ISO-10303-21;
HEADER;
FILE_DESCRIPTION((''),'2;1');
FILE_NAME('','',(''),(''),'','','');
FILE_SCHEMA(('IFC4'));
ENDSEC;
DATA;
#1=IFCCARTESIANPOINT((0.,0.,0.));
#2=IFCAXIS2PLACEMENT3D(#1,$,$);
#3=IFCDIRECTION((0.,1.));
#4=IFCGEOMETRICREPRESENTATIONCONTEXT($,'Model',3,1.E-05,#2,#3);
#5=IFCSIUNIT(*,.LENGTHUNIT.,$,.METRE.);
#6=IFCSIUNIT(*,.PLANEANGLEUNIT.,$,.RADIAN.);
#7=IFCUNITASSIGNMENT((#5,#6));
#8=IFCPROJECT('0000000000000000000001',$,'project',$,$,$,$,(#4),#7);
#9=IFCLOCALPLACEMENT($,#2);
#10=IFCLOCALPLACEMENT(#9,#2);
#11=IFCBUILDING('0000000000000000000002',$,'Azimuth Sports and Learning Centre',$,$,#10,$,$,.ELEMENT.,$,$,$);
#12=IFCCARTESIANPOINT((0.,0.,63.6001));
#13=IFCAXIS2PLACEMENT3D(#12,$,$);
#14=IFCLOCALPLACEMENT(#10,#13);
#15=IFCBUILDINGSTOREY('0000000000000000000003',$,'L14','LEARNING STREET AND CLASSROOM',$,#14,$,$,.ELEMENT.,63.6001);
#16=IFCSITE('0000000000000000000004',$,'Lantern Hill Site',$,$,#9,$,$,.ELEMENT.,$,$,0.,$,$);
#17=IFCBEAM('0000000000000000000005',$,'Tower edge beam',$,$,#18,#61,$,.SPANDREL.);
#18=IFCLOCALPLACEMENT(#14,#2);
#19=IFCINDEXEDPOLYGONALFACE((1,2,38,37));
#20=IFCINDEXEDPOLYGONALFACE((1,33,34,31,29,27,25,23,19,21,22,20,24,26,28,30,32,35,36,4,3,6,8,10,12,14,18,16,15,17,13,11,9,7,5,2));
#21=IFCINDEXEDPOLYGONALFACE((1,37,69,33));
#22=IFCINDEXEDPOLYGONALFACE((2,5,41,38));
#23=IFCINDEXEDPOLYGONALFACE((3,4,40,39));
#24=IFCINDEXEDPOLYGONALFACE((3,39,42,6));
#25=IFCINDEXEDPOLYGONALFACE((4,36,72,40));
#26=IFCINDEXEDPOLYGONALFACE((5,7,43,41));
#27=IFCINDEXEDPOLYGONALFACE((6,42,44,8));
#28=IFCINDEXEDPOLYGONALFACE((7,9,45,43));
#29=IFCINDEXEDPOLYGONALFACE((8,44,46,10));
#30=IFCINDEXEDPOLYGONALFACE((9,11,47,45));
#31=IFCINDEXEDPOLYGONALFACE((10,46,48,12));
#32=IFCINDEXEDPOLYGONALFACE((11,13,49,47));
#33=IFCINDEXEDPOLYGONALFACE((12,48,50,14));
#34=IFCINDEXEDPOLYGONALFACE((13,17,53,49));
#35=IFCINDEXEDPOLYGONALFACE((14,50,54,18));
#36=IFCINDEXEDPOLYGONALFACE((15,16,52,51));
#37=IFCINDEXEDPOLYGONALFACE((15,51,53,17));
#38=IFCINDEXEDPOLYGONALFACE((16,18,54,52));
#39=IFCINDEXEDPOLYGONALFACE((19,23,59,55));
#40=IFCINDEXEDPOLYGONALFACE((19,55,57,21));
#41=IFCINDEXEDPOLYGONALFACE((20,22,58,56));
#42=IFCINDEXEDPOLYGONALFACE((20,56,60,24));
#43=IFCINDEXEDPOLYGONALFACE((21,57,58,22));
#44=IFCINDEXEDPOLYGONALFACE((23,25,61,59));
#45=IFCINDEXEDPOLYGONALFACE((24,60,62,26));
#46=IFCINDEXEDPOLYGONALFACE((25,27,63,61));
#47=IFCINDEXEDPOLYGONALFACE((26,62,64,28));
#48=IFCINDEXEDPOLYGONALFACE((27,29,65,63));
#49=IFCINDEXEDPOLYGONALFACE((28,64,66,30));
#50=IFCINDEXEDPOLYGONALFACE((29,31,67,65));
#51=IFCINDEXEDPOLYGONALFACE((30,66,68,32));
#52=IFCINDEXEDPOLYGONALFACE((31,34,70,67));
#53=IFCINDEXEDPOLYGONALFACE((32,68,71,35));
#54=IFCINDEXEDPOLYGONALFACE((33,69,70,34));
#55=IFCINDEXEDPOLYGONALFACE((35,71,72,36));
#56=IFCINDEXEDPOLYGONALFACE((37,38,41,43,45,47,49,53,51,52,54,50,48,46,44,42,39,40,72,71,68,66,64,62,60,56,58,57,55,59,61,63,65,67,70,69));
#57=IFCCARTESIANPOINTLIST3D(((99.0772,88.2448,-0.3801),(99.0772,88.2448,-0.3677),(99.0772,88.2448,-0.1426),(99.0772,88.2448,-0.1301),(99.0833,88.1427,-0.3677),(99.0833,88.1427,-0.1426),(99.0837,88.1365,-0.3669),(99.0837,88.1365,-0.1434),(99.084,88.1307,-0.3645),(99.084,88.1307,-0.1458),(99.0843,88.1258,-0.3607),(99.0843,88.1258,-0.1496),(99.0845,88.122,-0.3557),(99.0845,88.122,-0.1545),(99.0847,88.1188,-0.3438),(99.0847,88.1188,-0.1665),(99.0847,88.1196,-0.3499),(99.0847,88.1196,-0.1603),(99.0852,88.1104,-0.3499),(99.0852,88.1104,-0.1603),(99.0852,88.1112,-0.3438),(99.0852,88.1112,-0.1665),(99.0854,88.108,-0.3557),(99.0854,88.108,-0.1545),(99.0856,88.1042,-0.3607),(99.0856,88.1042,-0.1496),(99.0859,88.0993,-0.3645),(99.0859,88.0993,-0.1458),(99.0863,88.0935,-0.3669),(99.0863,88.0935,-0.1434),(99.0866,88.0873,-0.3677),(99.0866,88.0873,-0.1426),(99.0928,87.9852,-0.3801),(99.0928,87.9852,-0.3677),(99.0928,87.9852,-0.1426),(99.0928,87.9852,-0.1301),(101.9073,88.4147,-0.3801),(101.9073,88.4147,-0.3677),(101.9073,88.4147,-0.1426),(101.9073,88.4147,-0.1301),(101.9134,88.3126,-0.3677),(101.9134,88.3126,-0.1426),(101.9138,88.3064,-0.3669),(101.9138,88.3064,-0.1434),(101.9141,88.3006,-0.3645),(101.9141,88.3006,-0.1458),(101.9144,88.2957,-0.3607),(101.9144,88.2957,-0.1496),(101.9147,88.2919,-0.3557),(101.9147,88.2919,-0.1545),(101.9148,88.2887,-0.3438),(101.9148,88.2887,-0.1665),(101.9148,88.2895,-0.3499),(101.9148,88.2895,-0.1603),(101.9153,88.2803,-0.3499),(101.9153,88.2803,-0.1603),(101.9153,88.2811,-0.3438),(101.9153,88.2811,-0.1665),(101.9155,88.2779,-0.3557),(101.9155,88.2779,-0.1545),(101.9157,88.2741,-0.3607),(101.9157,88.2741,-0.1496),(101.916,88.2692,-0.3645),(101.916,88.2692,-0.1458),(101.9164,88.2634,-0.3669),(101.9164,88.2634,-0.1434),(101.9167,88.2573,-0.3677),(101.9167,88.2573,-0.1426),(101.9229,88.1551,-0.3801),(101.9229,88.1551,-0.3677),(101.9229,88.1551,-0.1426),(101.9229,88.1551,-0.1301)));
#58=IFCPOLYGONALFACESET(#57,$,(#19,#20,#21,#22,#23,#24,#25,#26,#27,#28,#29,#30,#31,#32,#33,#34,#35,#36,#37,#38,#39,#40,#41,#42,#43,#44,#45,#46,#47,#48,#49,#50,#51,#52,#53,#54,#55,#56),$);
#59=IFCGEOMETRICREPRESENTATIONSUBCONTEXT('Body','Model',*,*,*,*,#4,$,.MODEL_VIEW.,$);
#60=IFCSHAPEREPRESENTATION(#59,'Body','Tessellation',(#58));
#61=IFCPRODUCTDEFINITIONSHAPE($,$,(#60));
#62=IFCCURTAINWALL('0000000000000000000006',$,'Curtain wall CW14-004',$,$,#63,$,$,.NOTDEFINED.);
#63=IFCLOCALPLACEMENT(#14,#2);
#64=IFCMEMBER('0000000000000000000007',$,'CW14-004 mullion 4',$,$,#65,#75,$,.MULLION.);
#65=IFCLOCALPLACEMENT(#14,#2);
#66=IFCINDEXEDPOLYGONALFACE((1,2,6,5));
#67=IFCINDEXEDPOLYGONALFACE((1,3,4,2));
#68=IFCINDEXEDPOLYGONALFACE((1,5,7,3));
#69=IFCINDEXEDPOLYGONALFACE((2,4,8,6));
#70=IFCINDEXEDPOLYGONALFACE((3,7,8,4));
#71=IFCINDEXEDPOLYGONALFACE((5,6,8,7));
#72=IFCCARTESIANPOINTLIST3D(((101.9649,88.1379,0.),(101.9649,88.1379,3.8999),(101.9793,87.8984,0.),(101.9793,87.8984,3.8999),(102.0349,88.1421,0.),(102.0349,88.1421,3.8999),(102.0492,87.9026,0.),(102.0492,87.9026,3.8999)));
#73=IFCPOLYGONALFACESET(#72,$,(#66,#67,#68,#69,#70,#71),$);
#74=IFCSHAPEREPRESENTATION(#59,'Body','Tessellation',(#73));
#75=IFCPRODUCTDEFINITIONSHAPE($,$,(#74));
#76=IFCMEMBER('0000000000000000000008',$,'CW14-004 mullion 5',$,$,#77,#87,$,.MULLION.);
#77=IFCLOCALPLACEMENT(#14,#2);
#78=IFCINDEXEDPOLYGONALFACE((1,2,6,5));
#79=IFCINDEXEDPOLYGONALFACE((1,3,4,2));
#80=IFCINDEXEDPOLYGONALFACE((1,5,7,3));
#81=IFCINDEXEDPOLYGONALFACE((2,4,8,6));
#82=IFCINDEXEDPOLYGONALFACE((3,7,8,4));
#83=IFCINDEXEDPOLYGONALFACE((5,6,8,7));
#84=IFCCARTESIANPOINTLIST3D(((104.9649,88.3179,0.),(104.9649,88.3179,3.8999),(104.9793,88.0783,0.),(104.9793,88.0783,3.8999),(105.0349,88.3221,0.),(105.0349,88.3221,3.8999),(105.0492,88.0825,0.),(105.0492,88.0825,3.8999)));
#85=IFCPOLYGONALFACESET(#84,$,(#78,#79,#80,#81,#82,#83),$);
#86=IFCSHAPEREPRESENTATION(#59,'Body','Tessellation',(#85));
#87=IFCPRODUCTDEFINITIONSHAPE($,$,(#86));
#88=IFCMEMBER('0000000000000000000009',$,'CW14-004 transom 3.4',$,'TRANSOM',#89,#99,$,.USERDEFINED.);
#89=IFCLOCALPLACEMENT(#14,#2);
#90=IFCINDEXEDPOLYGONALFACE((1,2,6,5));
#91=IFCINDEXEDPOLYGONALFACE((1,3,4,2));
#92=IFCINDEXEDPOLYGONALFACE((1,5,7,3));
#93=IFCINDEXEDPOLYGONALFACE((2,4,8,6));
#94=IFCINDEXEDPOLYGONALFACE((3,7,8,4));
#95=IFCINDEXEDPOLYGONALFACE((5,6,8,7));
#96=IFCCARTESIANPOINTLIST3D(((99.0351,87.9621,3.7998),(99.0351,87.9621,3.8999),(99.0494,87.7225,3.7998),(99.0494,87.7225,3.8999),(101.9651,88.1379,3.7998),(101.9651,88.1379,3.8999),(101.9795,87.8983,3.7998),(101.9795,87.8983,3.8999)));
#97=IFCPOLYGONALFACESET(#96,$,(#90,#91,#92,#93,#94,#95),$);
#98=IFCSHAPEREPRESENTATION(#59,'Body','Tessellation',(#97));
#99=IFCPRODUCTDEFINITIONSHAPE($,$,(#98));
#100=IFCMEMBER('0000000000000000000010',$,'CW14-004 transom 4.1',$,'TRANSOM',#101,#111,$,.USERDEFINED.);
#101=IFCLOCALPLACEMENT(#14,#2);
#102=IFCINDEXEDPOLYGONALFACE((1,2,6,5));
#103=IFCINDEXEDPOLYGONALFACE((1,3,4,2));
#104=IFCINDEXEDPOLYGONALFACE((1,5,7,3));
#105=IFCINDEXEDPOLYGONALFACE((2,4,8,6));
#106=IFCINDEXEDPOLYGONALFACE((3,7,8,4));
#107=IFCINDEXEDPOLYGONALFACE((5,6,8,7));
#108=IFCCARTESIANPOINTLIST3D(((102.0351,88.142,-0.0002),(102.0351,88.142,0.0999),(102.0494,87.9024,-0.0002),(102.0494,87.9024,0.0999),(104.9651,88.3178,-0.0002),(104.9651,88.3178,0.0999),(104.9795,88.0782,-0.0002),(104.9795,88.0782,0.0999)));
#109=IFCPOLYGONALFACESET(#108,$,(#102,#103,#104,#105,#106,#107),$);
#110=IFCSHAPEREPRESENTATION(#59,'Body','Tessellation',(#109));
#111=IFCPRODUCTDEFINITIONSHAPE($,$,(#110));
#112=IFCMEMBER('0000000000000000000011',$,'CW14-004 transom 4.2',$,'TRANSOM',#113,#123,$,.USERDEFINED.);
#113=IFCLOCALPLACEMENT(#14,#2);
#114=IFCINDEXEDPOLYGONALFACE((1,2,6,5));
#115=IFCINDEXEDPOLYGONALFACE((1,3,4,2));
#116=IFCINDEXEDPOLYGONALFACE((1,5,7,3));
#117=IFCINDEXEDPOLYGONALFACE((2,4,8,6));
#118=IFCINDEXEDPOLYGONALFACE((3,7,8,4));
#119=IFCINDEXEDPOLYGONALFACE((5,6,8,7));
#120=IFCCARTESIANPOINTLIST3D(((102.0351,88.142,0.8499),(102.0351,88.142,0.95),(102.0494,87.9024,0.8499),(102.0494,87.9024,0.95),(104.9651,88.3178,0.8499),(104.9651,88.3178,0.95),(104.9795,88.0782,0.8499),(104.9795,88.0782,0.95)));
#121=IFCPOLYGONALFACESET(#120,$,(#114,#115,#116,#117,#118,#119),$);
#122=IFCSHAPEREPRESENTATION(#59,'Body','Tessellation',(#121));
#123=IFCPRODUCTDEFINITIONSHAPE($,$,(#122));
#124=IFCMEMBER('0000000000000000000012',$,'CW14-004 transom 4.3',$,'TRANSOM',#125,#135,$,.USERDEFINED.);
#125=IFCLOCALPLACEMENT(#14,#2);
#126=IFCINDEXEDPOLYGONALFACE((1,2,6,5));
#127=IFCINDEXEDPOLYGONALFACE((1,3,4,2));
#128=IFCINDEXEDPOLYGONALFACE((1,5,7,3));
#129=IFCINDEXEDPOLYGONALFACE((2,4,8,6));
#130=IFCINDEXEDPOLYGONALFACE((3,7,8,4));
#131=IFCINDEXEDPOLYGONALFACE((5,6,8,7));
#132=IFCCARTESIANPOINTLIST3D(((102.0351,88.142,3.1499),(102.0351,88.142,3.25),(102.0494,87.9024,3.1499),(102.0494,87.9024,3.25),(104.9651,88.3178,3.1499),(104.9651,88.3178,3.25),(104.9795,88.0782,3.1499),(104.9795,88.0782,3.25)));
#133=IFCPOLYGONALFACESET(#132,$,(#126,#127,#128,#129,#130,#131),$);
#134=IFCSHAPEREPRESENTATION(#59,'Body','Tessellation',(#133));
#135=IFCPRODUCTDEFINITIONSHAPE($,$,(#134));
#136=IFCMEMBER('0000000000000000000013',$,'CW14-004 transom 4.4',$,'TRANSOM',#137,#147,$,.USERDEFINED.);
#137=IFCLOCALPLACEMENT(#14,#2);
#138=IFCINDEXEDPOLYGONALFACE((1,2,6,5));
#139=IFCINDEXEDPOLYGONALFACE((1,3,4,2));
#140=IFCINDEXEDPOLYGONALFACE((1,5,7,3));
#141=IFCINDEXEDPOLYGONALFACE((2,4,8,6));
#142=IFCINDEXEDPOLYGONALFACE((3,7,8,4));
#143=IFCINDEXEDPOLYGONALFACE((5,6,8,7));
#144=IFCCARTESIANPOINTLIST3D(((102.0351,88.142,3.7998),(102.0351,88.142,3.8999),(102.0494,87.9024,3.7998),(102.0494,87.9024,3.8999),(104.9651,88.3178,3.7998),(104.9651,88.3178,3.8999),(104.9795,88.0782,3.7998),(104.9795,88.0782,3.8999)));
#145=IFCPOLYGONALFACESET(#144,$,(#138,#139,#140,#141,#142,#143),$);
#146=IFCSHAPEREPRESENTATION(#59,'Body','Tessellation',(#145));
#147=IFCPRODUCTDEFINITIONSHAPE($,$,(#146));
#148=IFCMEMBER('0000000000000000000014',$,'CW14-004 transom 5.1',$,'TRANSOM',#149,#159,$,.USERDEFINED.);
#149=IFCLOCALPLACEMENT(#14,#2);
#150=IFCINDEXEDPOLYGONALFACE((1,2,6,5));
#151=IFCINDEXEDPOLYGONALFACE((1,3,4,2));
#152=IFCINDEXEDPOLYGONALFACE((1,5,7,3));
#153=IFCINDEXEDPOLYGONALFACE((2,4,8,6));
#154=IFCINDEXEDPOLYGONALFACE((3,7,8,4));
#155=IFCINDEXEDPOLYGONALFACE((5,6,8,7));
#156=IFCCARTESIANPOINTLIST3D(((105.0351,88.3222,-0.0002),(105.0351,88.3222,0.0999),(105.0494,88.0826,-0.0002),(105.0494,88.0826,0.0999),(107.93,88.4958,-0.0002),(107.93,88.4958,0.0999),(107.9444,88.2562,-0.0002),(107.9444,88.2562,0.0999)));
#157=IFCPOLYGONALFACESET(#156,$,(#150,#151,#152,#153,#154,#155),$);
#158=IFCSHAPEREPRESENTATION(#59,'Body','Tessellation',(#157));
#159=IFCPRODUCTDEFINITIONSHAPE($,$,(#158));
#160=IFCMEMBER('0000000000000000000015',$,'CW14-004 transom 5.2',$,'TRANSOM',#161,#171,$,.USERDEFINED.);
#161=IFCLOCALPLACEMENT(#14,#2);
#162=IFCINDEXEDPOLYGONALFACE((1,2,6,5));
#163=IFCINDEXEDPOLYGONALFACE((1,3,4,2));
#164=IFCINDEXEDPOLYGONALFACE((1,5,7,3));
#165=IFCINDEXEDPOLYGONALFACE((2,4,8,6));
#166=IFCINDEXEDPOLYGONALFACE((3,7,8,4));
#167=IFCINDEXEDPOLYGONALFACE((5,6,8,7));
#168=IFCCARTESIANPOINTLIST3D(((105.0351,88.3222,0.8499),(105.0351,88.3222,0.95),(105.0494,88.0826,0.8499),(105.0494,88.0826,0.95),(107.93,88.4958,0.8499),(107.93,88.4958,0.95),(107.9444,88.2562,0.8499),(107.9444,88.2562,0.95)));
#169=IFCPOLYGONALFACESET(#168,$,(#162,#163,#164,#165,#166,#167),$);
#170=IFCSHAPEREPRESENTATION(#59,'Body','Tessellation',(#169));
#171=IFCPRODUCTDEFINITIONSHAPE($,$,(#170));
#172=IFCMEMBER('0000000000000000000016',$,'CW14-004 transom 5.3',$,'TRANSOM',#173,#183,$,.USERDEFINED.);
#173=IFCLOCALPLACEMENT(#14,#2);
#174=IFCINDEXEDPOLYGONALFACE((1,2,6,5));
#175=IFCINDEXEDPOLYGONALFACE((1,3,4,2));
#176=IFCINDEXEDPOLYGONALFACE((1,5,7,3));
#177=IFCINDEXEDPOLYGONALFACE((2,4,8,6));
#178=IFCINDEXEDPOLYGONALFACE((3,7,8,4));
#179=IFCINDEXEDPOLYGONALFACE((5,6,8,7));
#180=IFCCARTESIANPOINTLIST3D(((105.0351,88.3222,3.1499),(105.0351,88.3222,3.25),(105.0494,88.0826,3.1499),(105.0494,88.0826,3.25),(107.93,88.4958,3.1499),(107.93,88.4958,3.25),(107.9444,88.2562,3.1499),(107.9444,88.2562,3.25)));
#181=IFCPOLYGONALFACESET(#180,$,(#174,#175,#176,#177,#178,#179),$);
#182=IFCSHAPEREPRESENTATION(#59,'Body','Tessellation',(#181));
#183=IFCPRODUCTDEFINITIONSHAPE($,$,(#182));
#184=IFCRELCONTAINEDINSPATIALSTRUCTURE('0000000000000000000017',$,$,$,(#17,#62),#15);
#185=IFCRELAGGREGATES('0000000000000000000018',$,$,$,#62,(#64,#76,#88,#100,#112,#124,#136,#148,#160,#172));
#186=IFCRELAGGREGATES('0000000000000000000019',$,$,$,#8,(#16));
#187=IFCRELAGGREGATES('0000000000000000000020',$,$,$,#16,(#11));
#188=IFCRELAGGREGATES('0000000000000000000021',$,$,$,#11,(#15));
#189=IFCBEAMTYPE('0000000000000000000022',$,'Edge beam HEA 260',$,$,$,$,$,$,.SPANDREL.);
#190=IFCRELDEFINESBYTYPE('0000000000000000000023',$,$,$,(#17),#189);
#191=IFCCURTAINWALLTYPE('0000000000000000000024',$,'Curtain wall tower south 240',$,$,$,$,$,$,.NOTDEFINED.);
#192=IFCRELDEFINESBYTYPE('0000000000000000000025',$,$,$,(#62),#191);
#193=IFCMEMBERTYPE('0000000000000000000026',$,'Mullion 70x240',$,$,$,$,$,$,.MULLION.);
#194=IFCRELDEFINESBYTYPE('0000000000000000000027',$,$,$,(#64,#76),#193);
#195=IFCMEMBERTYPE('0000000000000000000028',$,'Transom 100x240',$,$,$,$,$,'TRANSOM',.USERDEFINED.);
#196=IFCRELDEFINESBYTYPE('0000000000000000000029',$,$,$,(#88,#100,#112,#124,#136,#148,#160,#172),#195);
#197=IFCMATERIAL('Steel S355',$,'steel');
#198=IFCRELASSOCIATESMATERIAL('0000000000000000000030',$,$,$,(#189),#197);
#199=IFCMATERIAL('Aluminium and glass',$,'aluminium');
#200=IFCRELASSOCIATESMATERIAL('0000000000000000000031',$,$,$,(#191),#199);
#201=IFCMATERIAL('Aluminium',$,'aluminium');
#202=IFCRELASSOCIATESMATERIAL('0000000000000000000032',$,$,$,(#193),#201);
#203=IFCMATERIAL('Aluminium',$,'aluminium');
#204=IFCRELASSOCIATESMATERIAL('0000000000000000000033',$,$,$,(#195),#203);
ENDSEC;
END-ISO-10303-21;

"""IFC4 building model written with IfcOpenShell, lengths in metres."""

from ifc_helpers import new_model, si_unit, direction, frame, origin, origin_2d, place, context, subcontext, project, spatial, rectangle, i_section, extrude, material, material_profile, profile_set, type_object, element, aggregate, save


model = new_model("IFC4")

# Units and contexts
model_context = context("Model", 3, precision=1e-05, world=origin(), true_north=direction((0.0, 1.0)))
body_context = subcontext(model_context, "Body", "Model", "MODEL_VIEW")
ifc_project = project(units=[si_unit("LENGTHUNIT", "METRE"), si_unit("PLANEANGLEUNIT", "RADIAN")], contexts=[model_context])

# Site, building, storey
site_placement = place(None, origin())
site = spatial("IfcSite", under=ifc_project, at=site_placement, Name="Lantern Hill Site", CompositionType="ELEMENT", RefElevation=0.0)
building_placement = place(site_placement, origin())
building = spatial("IfcBuilding", under=site, at=building_placement, Name="Azimuth Sports and Learning Centre", CompositionType="ELEMENT")
storey_placement = place(building_placement, frame((0.0, 0.0, 63.6001)))
storey = spatial("IfcBuildingStorey", under=building, at=storey_placement, Name="L14", Description="LEARNING STREET AND CLASSROOM", CompositionType="ELEMENT", Elevation=63.6001)

# Beam
ifc_material_1 = material(Name="Steel S355", Category="steel")
ifc_material_profile_1 = material_profile(ifc_material_1, i_section(OverallWidth=0.26, OverallDepth=0.25, WebThickness=0.0076, FlangeThickness=0.0125, FilletRadius=0.0239, at=origin_2d()), Name="HEA 260")
ifc_profile_set_1 = profile_set([ifc_material_profile_1], Name="Steel S355")
beam_type = type_object("IfcBeamType", Name="Edge beam HEA 260", PredefinedType="SPANDREL", material=ifc_profile_set_1)
beam_placement = place(storey_placement, frame((99.085, 88.115, -0.2551), z_axis=(0.998202, 0.059933, 0.0), x_axis=(-0.059933, 0.998202, 0.0)))
element("IfcBeam", 1, at=beam_placement, inside=storey, type_object=beam_type, Name="Tower edge beam", PredefinedType="SPANDREL", context=body_context, shape_type="SweptSolid", body=[
    extrude(i_section(OverallWidth=0.26, OverallDepth=0.25, WebThickness=0.0076, FlangeThickness=0.0125, FilletRadius=0.0239, at=origin_2d()), origin(), (0.0, 0.0, 1.0), 2.8352),
])

# Curtain wall, members
ifc_material_2 = material(Name="Aluminium and glass", Category="aluminium")
curtain_wall_type = type_object("IfcCurtainWallType", Name="Curtain wall tower south 240", PredefinedType="NOTDEFINED", material=ifc_material_2)
curtain_wall_placement = place(storey_placement, origin())
curtain_wall = element("IfcCurtainWall", 2, at=curtain_wall_placement, inside=storey, type_object=curtain_wall_type, Name="Curtain wall CW14-004", PredefinedType="NOTDEFINED")
ifc_material_3 = material(Name="Aluminium", Category="aluminium")
ifc_material_profile_2 = material_profile(ifc_material_3, rectangle(XDim=0.24, YDim=0.0701, at=origin_2d()), Name="Mullion 70x240")
ifc_profile_set_2 = profile_set([ifc_material_profile_2], Name="Aluminium")
member_type_1 = type_object("IfcMemberType", Name="Mullion 70x240", PredefinedType="MULLION", material=ifc_profile_set_2)
member_1_placement = place(storey_placement, frame((102.0071, 88.0203, 0.0), z_axis=(0.0, 0.0, 1.0), x_axis=(-0.059892, 0.998205, 0.0)))
member_1 = element("IfcMember", 3, at=member_1_placement, type_object=member_type_1, Name="CW14-004 mullion 4", PredefinedType="MULLION", context=body_context, shape_type="SweptSolid", body=[
    extrude(rectangle(XDim=0.24, YDim=0.0701, at=origin_2d()), origin(), (0.0, 0.0, 1.0), 3.8999),
])
member_2_placement = place(storey_placement, frame((105.0071, 88.2002, 0.0), z_axis=(0.0, 0.0, 1.0), x_axis=(-0.059892, 0.998205, 0.0)))
member_2 = element("IfcMember", 4, at=member_2_placement, type_object=member_type_1, Name="CW14-004 mullion 5", PredefinedType="MULLION", context=body_context, shape_type="SweptSolid", body=[
    extrude(rectangle(XDim=0.24, YDim=0.0701, at=origin_2d()), origin(), (0.0, 0.0, 1.0), 3.8999),
])
ifc_material_4 = material(Name="Aluminium", Category="aluminium")
ifc_material_profile_3 = material_profile(ifc_material_4, rectangle(XDim=0.24, YDim=0.1001, at=origin_2d()), Name="Transom 100x240")
ifc_profile_set_3 = profile_set([ifc_material_profile_3], Name="Aluminium")
member_type_2 = type_object("IfcMemberType", Name="Transom 100x240", ElementType="TRANSOM", PredefinedType="USERDEFINED", material=ifc_profile_set_3)
member_3_placement = place(storey_placement, frame((99.0422, 87.8423, 3.8499), z_axis=(0.998205, 0.059887, 0.0), x_axis=(-0.059887, 0.998205, 0.0)))
member_3 = element("IfcMember", 5, at=member_3_placement, type_object=member_type_2, Name="CW14-004 transom 3.4", ObjectType="TRANSOM", PredefinedType="USERDEFINED", context=body_context, shape_type="SweptSolid", body=[
    extrude(rectangle(XDim=0.24, YDim=0.1001, at=origin_2d()), origin(), (0.0, 0.0, 1.0), 2.9353),
])
member_4_placement = place(storey_placement, frame((102.0422, 88.0222, 0.0498), z_axis=(0.998205, 0.059887, 0.0), x_axis=(-0.059887, 0.998205, 0.0)))
member_4 = element("IfcMember", 6, at=member_4_placement, type_object=member_type_2, Name="CW14-004 transom 4.1", ObjectType="TRANSOM", PredefinedType="USERDEFINED", context=body_context, shape_type="SweptSolid", body=[
    extrude(rectangle(XDim=0.24, YDim=0.1001, at=origin_2d()), origin(), (0.0, 0.0, 1.0), 2.9353),
])
member_5_placement = place(storey_placement, frame((102.0422, 88.0222, 0.8999), z_axis=(0.998205, 0.059887, 0.0), x_axis=(-0.059887, 0.998205, 0.0)))
member_5 = element("IfcMember", 7, at=member_5_placement, type_object=member_type_2, Name="CW14-004 transom 4.2", ObjectType="TRANSOM", PredefinedType="USERDEFINED", context=body_context, shape_type="SweptSolid", body=[
    extrude(rectangle(XDim=0.24, YDim=0.1001, at=origin_2d()), origin(), (0.0, 0.0, 1.0), 2.9353),
])
member_6_placement = place(storey_placement, frame((102.0422, 88.0222, 3.2), z_axis=(0.998205, 0.059887, 0.0), x_axis=(-0.059887, 0.998205, 0.0)))
member_6 = element("IfcMember", 8, at=member_6_placement, type_object=member_type_2, Name="CW14-004 transom 4.3", ObjectType="TRANSOM", PredefinedType="USERDEFINED", context=body_context, shape_type="SweptSolid", body=[
    extrude(rectangle(XDim=0.24, YDim=0.1001, at=origin_2d()), origin(), (0.0, 0.0, 1.0), 2.9353),
])
member_7_placement = place(storey_placement, frame((102.0422, 88.0222, 3.8499), z_axis=(0.998205, 0.059887, 0.0), x_axis=(-0.059887, 0.998205, 0.0)))
member_7 = element("IfcMember", 9, at=member_7_placement, type_object=member_type_2, Name="CW14-004 transom 4.4", ObjectType="TRANSOM", PredefinedType="USERDEFINED", context=body_context, shape_type="SweptSolid", body=[
    extrude(rectangle(XDim=0.24, YDim=0.1001, at=origin_2d()), origin(), (0.0, 0.0, 1.0), 2.9353),
])
member_8_placement = place(storey_placement, frame((105.0422, 88.2024, 0.0498), z_axis=(0.998207, 0.059852, 0.0), x_axis=(-0.059852, 0.998207, 0.0)))
member_8 = element("IfcMember", 10, at=member_8_placement, type_object=member_type_2, Name="CW14-004 transom 5.1", ObjectType="TRANSOM", PredefinedType="USERDEFINED", context=body_context, shape_type="SweptSolid", body=[
    extrude(rectangle(XDim=0.24, YDim=0.1001, at=origin_2d()), origin(), (0.0, 0.0, 1.0), 2.9001),
])
member_9_placement = place(storey_placement, frame((105.0422, 88.2024, 0.8999), z_axis=(0.998207, 0.059852, 0.0), x_axis=(-0.059852, 0.998207, 0.0)))
member_9 = element("IfcMember", 11, at=member_9_placement, type_object=member_type_2, Name="CW14-004 transom 5.2", ObjectType="TRANSOM", PredefinedType="USERDEFINED", context=body_context, shape_type="SweptSolid", body=[
    extrude(rectangle(XDim=0.24, YDim=0.1001, at=origin_2d()), origin(), (0.0, 0.0, 1.0), 2.9001),
])
member_10_placement = place(storey_placement, frame((105.0422, 88.2024, 3.2), z_axis=(0.998207, 0.059852, 0.0), x_axis=(-0.059852, 0.998207, 0.0)))
member_10 = element("IfcMember", 12, at=member_10_placement, type_object=member_type_2, Name="CW14-004 transom 5.3", ObjectType="TRANSOM", PredefinedType="USERDEFINED", context=body_context, shape_type="SweptSolid", body=[
    extrude(rectangle(XDim=0.24, YDim=0.1001, at=origin_2d()), origin(), (0.0, 0.0, 1.0), 2.9001),
])
aggregate(curtain_wall, [member_1, member_2, member_3, member_4, member_5, member_6, member_7, member_8, member_9, member_10])

save(model, "model.ifc")
